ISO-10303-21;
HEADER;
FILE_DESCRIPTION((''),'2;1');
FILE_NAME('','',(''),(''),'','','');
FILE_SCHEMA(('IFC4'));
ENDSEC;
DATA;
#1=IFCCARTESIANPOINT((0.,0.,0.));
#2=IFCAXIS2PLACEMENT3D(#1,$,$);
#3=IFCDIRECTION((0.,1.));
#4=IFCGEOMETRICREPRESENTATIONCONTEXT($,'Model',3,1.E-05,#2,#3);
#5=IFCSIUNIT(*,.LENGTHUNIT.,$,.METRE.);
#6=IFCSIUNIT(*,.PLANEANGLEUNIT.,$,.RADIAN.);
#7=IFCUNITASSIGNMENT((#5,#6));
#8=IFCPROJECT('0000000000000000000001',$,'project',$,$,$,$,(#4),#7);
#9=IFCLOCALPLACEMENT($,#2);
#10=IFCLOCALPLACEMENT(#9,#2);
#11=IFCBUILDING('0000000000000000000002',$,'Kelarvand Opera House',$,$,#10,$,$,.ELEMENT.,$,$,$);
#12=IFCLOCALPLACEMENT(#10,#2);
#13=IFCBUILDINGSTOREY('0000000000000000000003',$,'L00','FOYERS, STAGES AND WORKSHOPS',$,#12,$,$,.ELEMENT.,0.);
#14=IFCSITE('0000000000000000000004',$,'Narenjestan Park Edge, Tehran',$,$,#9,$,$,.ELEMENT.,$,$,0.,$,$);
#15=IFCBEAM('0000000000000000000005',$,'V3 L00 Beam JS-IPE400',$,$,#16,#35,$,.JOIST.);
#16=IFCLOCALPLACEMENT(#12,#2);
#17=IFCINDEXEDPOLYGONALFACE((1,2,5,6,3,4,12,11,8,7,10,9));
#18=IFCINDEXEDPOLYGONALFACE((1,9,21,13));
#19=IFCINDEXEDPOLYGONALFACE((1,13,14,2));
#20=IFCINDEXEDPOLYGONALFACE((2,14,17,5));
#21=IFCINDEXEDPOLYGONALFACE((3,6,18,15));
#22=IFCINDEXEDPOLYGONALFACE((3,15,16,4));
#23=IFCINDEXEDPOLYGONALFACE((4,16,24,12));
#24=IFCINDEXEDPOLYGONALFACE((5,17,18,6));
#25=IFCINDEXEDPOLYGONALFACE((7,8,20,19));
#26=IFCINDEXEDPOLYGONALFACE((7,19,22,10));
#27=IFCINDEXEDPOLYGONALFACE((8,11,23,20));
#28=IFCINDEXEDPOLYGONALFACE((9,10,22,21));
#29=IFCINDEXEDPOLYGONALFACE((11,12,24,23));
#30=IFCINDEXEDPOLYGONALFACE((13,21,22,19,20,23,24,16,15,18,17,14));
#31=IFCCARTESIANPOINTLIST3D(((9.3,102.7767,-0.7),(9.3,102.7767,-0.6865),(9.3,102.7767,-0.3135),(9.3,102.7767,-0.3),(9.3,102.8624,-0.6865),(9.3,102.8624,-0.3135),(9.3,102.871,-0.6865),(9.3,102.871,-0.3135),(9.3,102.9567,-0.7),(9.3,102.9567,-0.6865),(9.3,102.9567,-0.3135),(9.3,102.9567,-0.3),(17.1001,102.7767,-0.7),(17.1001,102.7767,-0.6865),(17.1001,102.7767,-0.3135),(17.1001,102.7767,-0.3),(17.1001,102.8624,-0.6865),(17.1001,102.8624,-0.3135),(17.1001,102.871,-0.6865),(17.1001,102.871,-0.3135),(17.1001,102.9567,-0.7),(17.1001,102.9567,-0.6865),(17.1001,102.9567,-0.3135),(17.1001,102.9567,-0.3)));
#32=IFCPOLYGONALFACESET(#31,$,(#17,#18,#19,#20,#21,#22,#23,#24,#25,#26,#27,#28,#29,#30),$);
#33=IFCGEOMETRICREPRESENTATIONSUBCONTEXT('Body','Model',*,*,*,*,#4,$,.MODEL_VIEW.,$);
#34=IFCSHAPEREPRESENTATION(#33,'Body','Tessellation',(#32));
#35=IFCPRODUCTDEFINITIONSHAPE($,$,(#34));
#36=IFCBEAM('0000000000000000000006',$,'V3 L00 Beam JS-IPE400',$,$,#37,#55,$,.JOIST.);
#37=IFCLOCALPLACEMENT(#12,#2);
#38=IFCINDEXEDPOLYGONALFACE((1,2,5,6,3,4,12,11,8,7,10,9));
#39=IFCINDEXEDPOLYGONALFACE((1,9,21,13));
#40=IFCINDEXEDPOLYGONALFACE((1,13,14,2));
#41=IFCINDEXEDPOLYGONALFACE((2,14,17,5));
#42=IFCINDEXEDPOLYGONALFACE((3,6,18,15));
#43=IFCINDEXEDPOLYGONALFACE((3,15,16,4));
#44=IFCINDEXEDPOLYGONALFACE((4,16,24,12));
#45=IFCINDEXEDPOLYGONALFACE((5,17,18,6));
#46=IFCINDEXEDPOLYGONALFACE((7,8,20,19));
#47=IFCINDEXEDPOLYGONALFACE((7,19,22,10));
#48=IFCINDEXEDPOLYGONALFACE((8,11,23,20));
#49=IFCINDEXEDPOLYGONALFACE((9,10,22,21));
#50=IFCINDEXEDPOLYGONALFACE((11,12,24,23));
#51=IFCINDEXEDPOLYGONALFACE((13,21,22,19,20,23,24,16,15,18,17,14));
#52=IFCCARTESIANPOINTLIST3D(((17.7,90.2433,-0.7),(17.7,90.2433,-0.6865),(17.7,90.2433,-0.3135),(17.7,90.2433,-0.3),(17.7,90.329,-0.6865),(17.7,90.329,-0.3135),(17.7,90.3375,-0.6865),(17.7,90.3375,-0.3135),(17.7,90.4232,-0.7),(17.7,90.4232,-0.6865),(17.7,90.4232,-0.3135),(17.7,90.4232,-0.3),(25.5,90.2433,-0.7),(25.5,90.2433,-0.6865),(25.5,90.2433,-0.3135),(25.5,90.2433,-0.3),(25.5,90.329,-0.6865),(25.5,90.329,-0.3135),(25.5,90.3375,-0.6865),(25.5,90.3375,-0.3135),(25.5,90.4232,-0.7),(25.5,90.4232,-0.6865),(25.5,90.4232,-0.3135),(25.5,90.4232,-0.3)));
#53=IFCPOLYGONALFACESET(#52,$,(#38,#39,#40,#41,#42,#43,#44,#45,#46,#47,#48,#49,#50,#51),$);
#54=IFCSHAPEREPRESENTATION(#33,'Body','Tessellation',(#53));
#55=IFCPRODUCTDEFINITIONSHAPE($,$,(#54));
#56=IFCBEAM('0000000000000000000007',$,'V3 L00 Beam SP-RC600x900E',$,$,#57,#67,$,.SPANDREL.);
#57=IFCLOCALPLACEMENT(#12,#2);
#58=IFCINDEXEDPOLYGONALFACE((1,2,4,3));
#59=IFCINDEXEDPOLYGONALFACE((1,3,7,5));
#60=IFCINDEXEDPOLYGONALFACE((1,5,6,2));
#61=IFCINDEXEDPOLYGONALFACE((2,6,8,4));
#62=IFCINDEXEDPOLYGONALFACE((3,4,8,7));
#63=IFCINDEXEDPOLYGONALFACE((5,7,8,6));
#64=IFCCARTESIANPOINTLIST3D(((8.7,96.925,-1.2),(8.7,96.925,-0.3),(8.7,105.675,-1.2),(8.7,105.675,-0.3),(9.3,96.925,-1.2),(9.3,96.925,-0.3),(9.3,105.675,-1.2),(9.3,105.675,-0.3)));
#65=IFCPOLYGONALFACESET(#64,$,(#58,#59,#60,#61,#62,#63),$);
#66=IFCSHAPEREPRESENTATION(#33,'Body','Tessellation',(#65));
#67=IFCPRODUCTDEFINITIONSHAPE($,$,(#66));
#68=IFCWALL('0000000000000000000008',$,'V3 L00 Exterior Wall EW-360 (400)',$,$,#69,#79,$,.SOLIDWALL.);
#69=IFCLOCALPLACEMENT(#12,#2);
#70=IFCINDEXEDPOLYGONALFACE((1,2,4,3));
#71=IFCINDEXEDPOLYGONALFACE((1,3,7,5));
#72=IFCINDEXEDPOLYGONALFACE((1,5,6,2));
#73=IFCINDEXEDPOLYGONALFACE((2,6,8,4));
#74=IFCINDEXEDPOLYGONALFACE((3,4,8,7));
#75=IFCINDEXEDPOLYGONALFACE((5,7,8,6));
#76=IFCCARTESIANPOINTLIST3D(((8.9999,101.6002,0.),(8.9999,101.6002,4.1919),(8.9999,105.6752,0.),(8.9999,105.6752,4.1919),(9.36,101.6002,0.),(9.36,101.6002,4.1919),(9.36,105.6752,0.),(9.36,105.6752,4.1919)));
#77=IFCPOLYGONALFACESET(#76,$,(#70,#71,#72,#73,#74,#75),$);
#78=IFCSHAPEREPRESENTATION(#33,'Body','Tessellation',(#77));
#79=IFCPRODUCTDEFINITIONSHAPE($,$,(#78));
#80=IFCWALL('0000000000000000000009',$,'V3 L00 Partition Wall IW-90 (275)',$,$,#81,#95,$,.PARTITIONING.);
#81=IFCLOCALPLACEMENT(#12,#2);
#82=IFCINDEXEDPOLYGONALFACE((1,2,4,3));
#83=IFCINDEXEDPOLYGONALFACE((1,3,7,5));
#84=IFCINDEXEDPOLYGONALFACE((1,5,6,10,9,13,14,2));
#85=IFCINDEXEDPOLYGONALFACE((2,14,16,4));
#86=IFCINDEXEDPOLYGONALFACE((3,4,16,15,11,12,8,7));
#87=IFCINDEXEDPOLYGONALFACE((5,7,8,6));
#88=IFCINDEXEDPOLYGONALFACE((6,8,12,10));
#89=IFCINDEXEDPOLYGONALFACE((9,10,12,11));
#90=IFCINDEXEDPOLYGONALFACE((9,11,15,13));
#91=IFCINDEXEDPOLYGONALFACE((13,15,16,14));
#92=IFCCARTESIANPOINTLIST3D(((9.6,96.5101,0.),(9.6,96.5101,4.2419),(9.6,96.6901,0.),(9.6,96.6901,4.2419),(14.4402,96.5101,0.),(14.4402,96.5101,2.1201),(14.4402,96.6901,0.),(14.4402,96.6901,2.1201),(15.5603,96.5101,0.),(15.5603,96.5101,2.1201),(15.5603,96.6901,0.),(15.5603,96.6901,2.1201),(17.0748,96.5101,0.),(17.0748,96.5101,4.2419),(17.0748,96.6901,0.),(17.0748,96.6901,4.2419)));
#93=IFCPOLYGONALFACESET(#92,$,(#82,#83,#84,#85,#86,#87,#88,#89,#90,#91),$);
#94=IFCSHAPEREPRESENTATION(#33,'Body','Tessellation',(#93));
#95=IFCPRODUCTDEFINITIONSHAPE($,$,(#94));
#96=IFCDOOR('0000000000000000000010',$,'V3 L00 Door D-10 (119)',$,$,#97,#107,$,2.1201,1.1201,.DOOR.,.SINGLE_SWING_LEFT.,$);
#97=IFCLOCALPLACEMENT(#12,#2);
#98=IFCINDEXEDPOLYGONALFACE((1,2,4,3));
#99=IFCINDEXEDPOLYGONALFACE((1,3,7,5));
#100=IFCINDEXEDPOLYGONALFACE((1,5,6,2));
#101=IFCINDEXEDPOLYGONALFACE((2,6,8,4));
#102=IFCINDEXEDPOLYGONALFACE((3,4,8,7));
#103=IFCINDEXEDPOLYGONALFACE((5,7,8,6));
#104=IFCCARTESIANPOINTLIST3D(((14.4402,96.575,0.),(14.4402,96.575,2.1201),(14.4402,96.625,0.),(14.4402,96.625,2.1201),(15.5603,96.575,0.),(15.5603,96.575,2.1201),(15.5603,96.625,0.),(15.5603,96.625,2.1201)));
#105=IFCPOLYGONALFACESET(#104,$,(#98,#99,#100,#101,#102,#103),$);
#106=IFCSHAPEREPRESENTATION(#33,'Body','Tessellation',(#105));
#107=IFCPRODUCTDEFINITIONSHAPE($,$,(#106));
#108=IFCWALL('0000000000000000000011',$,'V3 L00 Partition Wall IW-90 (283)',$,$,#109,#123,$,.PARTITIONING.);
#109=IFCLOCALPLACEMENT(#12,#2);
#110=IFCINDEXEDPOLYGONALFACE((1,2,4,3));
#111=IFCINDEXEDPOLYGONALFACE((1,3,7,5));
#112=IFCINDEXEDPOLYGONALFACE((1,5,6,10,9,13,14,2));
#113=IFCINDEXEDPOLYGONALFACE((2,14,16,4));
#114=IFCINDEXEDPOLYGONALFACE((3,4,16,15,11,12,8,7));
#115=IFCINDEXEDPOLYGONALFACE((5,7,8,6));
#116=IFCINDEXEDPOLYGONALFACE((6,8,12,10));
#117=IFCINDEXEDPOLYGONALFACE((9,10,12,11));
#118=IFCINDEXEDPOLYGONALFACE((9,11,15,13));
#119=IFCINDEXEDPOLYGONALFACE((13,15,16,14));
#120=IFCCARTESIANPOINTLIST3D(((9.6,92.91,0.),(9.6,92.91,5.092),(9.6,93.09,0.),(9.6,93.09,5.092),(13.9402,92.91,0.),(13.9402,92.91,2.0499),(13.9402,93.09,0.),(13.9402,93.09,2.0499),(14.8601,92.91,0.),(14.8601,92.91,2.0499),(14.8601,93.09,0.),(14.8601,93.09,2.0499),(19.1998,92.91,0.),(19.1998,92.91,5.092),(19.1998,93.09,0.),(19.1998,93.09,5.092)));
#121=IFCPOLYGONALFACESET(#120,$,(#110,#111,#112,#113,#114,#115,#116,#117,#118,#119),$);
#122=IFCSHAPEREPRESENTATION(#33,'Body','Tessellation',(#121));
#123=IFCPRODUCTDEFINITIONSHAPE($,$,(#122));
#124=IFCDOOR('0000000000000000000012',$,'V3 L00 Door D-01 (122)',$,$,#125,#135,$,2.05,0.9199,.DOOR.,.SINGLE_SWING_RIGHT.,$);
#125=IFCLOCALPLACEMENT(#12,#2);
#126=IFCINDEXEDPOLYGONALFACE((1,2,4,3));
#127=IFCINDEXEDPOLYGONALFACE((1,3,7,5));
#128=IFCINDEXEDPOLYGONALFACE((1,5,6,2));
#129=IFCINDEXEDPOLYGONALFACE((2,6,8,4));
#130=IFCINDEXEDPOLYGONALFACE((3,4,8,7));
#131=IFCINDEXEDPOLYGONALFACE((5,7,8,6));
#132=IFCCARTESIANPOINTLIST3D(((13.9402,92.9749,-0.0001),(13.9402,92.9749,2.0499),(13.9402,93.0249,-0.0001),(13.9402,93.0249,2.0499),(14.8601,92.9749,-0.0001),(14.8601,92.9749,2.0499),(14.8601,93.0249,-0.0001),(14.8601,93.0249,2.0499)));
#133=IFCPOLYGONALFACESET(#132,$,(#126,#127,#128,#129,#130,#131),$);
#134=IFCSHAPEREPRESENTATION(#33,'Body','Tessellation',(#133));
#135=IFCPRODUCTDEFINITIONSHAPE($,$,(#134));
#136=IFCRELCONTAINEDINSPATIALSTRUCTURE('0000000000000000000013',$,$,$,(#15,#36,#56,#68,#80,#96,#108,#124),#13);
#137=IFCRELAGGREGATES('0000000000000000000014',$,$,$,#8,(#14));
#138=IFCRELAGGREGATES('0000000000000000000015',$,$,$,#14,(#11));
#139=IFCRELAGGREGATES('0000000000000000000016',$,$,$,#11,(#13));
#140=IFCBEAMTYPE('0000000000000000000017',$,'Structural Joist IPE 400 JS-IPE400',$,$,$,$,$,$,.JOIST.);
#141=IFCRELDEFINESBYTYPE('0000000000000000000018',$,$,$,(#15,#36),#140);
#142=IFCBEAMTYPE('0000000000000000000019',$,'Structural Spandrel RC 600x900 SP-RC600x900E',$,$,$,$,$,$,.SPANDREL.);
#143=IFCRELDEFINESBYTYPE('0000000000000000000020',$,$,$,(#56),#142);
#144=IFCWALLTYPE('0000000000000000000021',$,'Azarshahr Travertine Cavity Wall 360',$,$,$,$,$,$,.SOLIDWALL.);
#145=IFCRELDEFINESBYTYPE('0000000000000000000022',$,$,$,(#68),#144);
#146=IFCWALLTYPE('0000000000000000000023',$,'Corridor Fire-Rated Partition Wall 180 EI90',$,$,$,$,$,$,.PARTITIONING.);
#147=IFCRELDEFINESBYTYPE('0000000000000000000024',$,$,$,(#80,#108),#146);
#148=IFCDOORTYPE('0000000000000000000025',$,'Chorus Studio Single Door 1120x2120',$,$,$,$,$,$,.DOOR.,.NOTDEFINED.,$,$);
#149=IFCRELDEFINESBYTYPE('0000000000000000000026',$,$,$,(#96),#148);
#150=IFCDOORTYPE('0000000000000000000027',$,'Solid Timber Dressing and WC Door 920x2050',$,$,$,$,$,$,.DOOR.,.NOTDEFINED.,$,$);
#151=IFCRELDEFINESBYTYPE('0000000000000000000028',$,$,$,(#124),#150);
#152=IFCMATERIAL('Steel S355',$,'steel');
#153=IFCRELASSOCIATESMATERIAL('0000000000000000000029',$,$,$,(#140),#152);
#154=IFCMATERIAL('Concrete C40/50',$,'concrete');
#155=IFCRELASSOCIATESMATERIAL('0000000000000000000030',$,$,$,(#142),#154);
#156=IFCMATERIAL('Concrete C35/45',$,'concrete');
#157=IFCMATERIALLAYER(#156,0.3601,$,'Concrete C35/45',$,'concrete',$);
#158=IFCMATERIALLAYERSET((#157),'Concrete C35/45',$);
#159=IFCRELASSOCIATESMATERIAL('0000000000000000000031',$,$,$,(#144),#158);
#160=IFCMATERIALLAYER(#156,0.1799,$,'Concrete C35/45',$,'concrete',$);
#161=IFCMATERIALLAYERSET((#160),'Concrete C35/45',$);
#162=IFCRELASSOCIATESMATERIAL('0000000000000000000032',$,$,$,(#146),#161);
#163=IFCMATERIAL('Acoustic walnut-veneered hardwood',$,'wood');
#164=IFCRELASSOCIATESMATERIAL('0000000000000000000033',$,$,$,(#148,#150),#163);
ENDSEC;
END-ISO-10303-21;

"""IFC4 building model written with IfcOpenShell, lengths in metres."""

from ifc_helpers import new_model, si_unit, direction, frame, frame_2d, origin, origin_2d, place, context, subcontext, project, spatial, rectangle, i_section, extrude, material, layer, layer_set, material_profile, profile_set, type_object, element, fill, save


model = new_model("IFC4")

# Units and contexts
model_context = context("Model", 3, precision=1e-05, world=origin(), true_north=direction((0.0, 1.0)))
body_context = subcontext(model_context, "Body", "Model", "MODEL_VIEW")
ifc_project = project(units=[si_unit("LENGTHUNIT", "METRE"), si_unit("PLANEANGLEUNIT", "RADIAN")], contexts=[model_context])

# Site, building, storey
site_placement = place(None, origin())
site = spatial("IfcSite", under=ifc_project, at=site_placement, Name="Narenjestan Park Edge, Tehran", CompositionType="ELEMENT", RefElevation=0.0)
building_placement = place(site_placement, origin())
building = spatial("IfcBuilding", under=site, at=building_placement, Name="Kelarvand Opera House", CompositionType="ELEMENT")
storey_placement = place(building_placement, origin())
storey = spatial("IfcBuildingStorey", under=building, at=storey_placement, Name="L00", Description="FOYERS, STAGES AND WORKSHOPS", CompositionType="ELEMENT", Elevation=0.0)

# Shared definitions
ifc_material_1 = material(Name="Concrete C40/50", Category="concrete")

# Beams
ifc_material_2 = material(Name="Steel S355", Category="steel")
ifc_material_profile_1 = material_profile(ifc_material_2, i_section(OverallWidth=0.1799, OverallDepth=0.3999, WebThickness=0.0085, FlangeThickness=0.0134, at=origin_2d()), Name="IPE 400", Category="steel")
ifc_profile_set_1 = profile_set([ifc_material_profile_1], Name="Steel S355")
beam_type_1 = type_object("IfcBeamType", Name="Structural Joist IPE 400 JS-IPE400", PredefinedType="JOIST", material=ifc_profile_set_1)
for number, where, z_axis, x_axis, name in (
    (1, (9.3, 102.8667, -0.5), (1.0, 0.0, 0.0), (0.0, 1.0, 0.0), "V3 L00 Beam JS-IPE400"),
    (2, (17.7, 90.3333, -0.5), (1.0, 0.0, 0.0), (0.0, 1.0, 0.0), "V3 L00 Beam JS-IPE400"),
):
    element("IfcBeam", number, at=place(storey_placement, frame(where, z_axis=z_axis, x_axis=x_axis)), inside=storey, type_object=beam_type_1, Name=name, PredefinedType="JOIST", context=body_context, shape_type="SweptSolid", body=[
        extrude(i_section(OverallWidth=0.1799, OverallDepth=0.3999, WebThickness=0.0085, FlangeThickness=0.0134, at=origin_2d()), origin(), (0.0, 0.0, 1.0), 7.8),
    ])
ifc_material_profile_2 = material_profile(ifc_material_1, rectangle(XDim=0.6001, YDim=0.8999, at=origin_2d()), Name="RC 600x900", Category="concrete")
ifc_profile_set_2 = profile_set([ifc_material_profile_2], Name="Concrete C40/50")
beam_type_2 = type_object("IfcBeamType", Name="Structural Spandrel RC 600x900 SP-RC600x900E", PredefinedType="SPANDREL", material=ifc_profile_set_2)
beam_1_placement = place(storey_placement, frame((9.0, 96.925, -0.75), z_axis=(0.0, 1.0, 0.0), x_axis=(-1.0, 0.0, 0.0)))
element("IfcBeam", 3, at=beam_1_placement, inside=storey, type_object=beam_type_2, Name="V3 L00 Beam SP-RC600x900E", PredefinedType="SPANDREL", context=body_context, shape_type="SweptSolid", body=[
    extrude(rectangle(XDim=0.6001, YDim=0.8999, at=origin_2d()), origin(), (0.0, 0.0, 1.0), 8.75),
])

# Shared definitions
ifc_material_3 = material(Name="Concrete C35/45", Category="concrete")
ifc_layer_1 = layer(ifc_material_3, 0.3601, Name="Concrete C35/45", Category="concrete")
ifc_layer_set_1 = layer_set([ifc_layer_1], Name="Concrete C35/45")
wall_type_1 = type_object("IfcWallType", Name="Azarshahr Travertine Cavity Wall 360", PredefinedType="SOLIDWALL", material=ifc_layer_set_1)

# Wall
wall_1_placement = place(storey_placement, frame((9.1799, 101.6001, 0.0), z_axis=(0.0, 0.0, 1.0), x_axis=(0.0, 1.0, 0.0)))
element("IfcWall", 4, at=wall_1_placement, inside=storey, type_object=wall_type_1, Name="V3 L00 Exterior Wall EW-360 (400)", PredefinedType="SOLIDWALL", context=body_context, shape_type="SweptSolid", body=[
    extrude(rectangle(XDim=4.075, YDim=0.3601, at=frame_2d((2.0376, 0.0))), origin(), (0.0, 0.0, 1.0), 4.1919),
])

# Walls, openings, doors
ifc_layer_2 = layer(ifc_material_3, 0.1799, Name="Concrete C35/45", Category="concrete")
ifc_layer_set_2 = layer_set([ifc_layer_2], Name="Concrete C35/45")
wall_type_2 = type_object("IfcWallType", Name="Corridor Fire-Rated Partition Wall 180 EI90", PredefinedType="PARTITIONING", material=ifc_layer_set_2)
wall_2_placement = place(storey_placement, frame((9.6001, 96.6001, 0.0), z_axis=(0.0, 0.0, 1.0), x_axis=(1.0, 0.0, 0.0)))
wall_2 = element("IfcWall", 5, at=wall_2_placement, inside=storey, type_object=wall_type_2, Name="V3 L00 Partition Wall IW-90 (275)", PredefinedType="PARTITIONING", context=body_context, shape_type="SweptSolid", body=[
    extrude(rectangle(XDim=7.4749, YDim=0.1799, at=frame_2d((3.7373, 0.0))), origin(), (0.0, 0.0, 1.0), 4.2419),
])
opening_1_placement = place(wall_2_placement, frame((4.8401, 0.0, 0.0)))
opening_1 = element("IfcOpeningElement", 6, at=opening_1_placement, cuts=wall_2, PredefinedType="OPENING", context=body_context, shape_type="SweptSolid", body=[
    extrude(rectangle(XDim=1.1201, YDim=2.1201, at=frame_2d((0.5601, 1.0601))), frame((0.0, 0.1001, 0.0), z_axis=(0.0, -1.0, 0.0), x_axis=(1.0, 0.0, 0.0)), (0.0, 0.0, 1.0), 0.2),
])
ifc_material_4 = material(Name="Acoustic walnut-veneered hardwood", Category="wood")
door_type_1 = type_object("IfcDoorType", Name="Chorus Studio Single Door 1120x2120", OperationType="NOTDEFINED", PredefinedType="DOOR", material=ifc_material_4)
door_1_placement = place(opening_1_placement, origin())
door_1 = element("IfcDoor", 7, at=door_1_placement, inside=storey, type_object=door_type_1, Name="V3 L00 Door D-10 (119)", OperationType="SINGLE_SWING_LEFT", OverallHeight=2.1201, OverallWidth=1.1201, PredefinedType="DOOR", context=body_context, shape_type="SweptSolid", body=[
    extrude(rectangle(XDim=1.1201, YDim=2.1201, at=frame_2d((0.5601, 1.0601))), frame((0.0, 0.0249, 0.0), z_axis=(0.0, -1.0, 0.0), x_axis=(1.0, 0.0, 0.0)), (0.0, 0.0, 1.0), 0.05),
])
fill(opening_1, door_1)
wall_3_placement = place(storey_placement, frame((9.6001, 93.0, 0.0), z_axis=(0.0, 0.0, 1.0), x_axis=(1.0, 0.0, 0.0)))
wall_3 = element("IfcWall", 8, at=wall_3_placement, inside=storey, type_object=wall_type_2, Name="V3 L00 Partition Wall IW-90 (283)", PredefinedType="PARTITIONING", context=body_context, shape_type="SweptSolid", body=[
    extrude(rectangle(XDim=9.5999, YDim=0.1799, at=frame_2d((4.7998, 0.0))), origin(), (0.0, 0.0, 1.0), 5.092),
])
opening_2_placement = place(wall_3_placement, frame((4.3401, 0.0, 0.0)))
opening_2 = element("IfcOpeningElement", 9, at=opening_2_placement, cuts=wall_3, PredefinedType="OPENING", context=body_context, shape_type="SweptSolid", body=[
    extrude(rectangle(XDim=0.9199, YDim=2.05, at=frame_2d((0.46, 1.0249))), frame((0.0, 0.1001, 0.0), z_axis=(0.0, -1.0, 0.0), x_axis=(1.0, 0.0, 0.0)), (0.0, 0.0, 1.0), 0.2),
])
door_type_2 = type_object("IfcDoorType", Name="Solid Timber Dressing and WC Door 920x2050", OperationType="NOTDEFINED", PredefinedType="DOOR", material=ifc_material_4)
door_2_placement = place(opening_2_placement, origin())
door_2 = element("IfcDoor", 10, at=door_2_placement, inside=storey, type_object=door_type_2, Name="V3 L00 Door D-01 (122)", OperationType="SINGLE_SWING_RIGHT", OverallHeight=2.05, OverallWidth=0.9199, PredefinedType="DOOR", context=body_context, shape_type="SweptSolid", body=[
    extrude(rectangle(XDim=0.9199, YDim=2.05, at=frame_2d((0.46, 1.0249))), frame((0.0, 0.0249, 0.0), z_axis=(0.0, -1.0, 0.0), x_axis=(1.0, 0.0, 0.0)), (0.0, 0.0, 1.0), 0.05),
])
fill(opening_2, door_2)

save(model, "model.ifc")
